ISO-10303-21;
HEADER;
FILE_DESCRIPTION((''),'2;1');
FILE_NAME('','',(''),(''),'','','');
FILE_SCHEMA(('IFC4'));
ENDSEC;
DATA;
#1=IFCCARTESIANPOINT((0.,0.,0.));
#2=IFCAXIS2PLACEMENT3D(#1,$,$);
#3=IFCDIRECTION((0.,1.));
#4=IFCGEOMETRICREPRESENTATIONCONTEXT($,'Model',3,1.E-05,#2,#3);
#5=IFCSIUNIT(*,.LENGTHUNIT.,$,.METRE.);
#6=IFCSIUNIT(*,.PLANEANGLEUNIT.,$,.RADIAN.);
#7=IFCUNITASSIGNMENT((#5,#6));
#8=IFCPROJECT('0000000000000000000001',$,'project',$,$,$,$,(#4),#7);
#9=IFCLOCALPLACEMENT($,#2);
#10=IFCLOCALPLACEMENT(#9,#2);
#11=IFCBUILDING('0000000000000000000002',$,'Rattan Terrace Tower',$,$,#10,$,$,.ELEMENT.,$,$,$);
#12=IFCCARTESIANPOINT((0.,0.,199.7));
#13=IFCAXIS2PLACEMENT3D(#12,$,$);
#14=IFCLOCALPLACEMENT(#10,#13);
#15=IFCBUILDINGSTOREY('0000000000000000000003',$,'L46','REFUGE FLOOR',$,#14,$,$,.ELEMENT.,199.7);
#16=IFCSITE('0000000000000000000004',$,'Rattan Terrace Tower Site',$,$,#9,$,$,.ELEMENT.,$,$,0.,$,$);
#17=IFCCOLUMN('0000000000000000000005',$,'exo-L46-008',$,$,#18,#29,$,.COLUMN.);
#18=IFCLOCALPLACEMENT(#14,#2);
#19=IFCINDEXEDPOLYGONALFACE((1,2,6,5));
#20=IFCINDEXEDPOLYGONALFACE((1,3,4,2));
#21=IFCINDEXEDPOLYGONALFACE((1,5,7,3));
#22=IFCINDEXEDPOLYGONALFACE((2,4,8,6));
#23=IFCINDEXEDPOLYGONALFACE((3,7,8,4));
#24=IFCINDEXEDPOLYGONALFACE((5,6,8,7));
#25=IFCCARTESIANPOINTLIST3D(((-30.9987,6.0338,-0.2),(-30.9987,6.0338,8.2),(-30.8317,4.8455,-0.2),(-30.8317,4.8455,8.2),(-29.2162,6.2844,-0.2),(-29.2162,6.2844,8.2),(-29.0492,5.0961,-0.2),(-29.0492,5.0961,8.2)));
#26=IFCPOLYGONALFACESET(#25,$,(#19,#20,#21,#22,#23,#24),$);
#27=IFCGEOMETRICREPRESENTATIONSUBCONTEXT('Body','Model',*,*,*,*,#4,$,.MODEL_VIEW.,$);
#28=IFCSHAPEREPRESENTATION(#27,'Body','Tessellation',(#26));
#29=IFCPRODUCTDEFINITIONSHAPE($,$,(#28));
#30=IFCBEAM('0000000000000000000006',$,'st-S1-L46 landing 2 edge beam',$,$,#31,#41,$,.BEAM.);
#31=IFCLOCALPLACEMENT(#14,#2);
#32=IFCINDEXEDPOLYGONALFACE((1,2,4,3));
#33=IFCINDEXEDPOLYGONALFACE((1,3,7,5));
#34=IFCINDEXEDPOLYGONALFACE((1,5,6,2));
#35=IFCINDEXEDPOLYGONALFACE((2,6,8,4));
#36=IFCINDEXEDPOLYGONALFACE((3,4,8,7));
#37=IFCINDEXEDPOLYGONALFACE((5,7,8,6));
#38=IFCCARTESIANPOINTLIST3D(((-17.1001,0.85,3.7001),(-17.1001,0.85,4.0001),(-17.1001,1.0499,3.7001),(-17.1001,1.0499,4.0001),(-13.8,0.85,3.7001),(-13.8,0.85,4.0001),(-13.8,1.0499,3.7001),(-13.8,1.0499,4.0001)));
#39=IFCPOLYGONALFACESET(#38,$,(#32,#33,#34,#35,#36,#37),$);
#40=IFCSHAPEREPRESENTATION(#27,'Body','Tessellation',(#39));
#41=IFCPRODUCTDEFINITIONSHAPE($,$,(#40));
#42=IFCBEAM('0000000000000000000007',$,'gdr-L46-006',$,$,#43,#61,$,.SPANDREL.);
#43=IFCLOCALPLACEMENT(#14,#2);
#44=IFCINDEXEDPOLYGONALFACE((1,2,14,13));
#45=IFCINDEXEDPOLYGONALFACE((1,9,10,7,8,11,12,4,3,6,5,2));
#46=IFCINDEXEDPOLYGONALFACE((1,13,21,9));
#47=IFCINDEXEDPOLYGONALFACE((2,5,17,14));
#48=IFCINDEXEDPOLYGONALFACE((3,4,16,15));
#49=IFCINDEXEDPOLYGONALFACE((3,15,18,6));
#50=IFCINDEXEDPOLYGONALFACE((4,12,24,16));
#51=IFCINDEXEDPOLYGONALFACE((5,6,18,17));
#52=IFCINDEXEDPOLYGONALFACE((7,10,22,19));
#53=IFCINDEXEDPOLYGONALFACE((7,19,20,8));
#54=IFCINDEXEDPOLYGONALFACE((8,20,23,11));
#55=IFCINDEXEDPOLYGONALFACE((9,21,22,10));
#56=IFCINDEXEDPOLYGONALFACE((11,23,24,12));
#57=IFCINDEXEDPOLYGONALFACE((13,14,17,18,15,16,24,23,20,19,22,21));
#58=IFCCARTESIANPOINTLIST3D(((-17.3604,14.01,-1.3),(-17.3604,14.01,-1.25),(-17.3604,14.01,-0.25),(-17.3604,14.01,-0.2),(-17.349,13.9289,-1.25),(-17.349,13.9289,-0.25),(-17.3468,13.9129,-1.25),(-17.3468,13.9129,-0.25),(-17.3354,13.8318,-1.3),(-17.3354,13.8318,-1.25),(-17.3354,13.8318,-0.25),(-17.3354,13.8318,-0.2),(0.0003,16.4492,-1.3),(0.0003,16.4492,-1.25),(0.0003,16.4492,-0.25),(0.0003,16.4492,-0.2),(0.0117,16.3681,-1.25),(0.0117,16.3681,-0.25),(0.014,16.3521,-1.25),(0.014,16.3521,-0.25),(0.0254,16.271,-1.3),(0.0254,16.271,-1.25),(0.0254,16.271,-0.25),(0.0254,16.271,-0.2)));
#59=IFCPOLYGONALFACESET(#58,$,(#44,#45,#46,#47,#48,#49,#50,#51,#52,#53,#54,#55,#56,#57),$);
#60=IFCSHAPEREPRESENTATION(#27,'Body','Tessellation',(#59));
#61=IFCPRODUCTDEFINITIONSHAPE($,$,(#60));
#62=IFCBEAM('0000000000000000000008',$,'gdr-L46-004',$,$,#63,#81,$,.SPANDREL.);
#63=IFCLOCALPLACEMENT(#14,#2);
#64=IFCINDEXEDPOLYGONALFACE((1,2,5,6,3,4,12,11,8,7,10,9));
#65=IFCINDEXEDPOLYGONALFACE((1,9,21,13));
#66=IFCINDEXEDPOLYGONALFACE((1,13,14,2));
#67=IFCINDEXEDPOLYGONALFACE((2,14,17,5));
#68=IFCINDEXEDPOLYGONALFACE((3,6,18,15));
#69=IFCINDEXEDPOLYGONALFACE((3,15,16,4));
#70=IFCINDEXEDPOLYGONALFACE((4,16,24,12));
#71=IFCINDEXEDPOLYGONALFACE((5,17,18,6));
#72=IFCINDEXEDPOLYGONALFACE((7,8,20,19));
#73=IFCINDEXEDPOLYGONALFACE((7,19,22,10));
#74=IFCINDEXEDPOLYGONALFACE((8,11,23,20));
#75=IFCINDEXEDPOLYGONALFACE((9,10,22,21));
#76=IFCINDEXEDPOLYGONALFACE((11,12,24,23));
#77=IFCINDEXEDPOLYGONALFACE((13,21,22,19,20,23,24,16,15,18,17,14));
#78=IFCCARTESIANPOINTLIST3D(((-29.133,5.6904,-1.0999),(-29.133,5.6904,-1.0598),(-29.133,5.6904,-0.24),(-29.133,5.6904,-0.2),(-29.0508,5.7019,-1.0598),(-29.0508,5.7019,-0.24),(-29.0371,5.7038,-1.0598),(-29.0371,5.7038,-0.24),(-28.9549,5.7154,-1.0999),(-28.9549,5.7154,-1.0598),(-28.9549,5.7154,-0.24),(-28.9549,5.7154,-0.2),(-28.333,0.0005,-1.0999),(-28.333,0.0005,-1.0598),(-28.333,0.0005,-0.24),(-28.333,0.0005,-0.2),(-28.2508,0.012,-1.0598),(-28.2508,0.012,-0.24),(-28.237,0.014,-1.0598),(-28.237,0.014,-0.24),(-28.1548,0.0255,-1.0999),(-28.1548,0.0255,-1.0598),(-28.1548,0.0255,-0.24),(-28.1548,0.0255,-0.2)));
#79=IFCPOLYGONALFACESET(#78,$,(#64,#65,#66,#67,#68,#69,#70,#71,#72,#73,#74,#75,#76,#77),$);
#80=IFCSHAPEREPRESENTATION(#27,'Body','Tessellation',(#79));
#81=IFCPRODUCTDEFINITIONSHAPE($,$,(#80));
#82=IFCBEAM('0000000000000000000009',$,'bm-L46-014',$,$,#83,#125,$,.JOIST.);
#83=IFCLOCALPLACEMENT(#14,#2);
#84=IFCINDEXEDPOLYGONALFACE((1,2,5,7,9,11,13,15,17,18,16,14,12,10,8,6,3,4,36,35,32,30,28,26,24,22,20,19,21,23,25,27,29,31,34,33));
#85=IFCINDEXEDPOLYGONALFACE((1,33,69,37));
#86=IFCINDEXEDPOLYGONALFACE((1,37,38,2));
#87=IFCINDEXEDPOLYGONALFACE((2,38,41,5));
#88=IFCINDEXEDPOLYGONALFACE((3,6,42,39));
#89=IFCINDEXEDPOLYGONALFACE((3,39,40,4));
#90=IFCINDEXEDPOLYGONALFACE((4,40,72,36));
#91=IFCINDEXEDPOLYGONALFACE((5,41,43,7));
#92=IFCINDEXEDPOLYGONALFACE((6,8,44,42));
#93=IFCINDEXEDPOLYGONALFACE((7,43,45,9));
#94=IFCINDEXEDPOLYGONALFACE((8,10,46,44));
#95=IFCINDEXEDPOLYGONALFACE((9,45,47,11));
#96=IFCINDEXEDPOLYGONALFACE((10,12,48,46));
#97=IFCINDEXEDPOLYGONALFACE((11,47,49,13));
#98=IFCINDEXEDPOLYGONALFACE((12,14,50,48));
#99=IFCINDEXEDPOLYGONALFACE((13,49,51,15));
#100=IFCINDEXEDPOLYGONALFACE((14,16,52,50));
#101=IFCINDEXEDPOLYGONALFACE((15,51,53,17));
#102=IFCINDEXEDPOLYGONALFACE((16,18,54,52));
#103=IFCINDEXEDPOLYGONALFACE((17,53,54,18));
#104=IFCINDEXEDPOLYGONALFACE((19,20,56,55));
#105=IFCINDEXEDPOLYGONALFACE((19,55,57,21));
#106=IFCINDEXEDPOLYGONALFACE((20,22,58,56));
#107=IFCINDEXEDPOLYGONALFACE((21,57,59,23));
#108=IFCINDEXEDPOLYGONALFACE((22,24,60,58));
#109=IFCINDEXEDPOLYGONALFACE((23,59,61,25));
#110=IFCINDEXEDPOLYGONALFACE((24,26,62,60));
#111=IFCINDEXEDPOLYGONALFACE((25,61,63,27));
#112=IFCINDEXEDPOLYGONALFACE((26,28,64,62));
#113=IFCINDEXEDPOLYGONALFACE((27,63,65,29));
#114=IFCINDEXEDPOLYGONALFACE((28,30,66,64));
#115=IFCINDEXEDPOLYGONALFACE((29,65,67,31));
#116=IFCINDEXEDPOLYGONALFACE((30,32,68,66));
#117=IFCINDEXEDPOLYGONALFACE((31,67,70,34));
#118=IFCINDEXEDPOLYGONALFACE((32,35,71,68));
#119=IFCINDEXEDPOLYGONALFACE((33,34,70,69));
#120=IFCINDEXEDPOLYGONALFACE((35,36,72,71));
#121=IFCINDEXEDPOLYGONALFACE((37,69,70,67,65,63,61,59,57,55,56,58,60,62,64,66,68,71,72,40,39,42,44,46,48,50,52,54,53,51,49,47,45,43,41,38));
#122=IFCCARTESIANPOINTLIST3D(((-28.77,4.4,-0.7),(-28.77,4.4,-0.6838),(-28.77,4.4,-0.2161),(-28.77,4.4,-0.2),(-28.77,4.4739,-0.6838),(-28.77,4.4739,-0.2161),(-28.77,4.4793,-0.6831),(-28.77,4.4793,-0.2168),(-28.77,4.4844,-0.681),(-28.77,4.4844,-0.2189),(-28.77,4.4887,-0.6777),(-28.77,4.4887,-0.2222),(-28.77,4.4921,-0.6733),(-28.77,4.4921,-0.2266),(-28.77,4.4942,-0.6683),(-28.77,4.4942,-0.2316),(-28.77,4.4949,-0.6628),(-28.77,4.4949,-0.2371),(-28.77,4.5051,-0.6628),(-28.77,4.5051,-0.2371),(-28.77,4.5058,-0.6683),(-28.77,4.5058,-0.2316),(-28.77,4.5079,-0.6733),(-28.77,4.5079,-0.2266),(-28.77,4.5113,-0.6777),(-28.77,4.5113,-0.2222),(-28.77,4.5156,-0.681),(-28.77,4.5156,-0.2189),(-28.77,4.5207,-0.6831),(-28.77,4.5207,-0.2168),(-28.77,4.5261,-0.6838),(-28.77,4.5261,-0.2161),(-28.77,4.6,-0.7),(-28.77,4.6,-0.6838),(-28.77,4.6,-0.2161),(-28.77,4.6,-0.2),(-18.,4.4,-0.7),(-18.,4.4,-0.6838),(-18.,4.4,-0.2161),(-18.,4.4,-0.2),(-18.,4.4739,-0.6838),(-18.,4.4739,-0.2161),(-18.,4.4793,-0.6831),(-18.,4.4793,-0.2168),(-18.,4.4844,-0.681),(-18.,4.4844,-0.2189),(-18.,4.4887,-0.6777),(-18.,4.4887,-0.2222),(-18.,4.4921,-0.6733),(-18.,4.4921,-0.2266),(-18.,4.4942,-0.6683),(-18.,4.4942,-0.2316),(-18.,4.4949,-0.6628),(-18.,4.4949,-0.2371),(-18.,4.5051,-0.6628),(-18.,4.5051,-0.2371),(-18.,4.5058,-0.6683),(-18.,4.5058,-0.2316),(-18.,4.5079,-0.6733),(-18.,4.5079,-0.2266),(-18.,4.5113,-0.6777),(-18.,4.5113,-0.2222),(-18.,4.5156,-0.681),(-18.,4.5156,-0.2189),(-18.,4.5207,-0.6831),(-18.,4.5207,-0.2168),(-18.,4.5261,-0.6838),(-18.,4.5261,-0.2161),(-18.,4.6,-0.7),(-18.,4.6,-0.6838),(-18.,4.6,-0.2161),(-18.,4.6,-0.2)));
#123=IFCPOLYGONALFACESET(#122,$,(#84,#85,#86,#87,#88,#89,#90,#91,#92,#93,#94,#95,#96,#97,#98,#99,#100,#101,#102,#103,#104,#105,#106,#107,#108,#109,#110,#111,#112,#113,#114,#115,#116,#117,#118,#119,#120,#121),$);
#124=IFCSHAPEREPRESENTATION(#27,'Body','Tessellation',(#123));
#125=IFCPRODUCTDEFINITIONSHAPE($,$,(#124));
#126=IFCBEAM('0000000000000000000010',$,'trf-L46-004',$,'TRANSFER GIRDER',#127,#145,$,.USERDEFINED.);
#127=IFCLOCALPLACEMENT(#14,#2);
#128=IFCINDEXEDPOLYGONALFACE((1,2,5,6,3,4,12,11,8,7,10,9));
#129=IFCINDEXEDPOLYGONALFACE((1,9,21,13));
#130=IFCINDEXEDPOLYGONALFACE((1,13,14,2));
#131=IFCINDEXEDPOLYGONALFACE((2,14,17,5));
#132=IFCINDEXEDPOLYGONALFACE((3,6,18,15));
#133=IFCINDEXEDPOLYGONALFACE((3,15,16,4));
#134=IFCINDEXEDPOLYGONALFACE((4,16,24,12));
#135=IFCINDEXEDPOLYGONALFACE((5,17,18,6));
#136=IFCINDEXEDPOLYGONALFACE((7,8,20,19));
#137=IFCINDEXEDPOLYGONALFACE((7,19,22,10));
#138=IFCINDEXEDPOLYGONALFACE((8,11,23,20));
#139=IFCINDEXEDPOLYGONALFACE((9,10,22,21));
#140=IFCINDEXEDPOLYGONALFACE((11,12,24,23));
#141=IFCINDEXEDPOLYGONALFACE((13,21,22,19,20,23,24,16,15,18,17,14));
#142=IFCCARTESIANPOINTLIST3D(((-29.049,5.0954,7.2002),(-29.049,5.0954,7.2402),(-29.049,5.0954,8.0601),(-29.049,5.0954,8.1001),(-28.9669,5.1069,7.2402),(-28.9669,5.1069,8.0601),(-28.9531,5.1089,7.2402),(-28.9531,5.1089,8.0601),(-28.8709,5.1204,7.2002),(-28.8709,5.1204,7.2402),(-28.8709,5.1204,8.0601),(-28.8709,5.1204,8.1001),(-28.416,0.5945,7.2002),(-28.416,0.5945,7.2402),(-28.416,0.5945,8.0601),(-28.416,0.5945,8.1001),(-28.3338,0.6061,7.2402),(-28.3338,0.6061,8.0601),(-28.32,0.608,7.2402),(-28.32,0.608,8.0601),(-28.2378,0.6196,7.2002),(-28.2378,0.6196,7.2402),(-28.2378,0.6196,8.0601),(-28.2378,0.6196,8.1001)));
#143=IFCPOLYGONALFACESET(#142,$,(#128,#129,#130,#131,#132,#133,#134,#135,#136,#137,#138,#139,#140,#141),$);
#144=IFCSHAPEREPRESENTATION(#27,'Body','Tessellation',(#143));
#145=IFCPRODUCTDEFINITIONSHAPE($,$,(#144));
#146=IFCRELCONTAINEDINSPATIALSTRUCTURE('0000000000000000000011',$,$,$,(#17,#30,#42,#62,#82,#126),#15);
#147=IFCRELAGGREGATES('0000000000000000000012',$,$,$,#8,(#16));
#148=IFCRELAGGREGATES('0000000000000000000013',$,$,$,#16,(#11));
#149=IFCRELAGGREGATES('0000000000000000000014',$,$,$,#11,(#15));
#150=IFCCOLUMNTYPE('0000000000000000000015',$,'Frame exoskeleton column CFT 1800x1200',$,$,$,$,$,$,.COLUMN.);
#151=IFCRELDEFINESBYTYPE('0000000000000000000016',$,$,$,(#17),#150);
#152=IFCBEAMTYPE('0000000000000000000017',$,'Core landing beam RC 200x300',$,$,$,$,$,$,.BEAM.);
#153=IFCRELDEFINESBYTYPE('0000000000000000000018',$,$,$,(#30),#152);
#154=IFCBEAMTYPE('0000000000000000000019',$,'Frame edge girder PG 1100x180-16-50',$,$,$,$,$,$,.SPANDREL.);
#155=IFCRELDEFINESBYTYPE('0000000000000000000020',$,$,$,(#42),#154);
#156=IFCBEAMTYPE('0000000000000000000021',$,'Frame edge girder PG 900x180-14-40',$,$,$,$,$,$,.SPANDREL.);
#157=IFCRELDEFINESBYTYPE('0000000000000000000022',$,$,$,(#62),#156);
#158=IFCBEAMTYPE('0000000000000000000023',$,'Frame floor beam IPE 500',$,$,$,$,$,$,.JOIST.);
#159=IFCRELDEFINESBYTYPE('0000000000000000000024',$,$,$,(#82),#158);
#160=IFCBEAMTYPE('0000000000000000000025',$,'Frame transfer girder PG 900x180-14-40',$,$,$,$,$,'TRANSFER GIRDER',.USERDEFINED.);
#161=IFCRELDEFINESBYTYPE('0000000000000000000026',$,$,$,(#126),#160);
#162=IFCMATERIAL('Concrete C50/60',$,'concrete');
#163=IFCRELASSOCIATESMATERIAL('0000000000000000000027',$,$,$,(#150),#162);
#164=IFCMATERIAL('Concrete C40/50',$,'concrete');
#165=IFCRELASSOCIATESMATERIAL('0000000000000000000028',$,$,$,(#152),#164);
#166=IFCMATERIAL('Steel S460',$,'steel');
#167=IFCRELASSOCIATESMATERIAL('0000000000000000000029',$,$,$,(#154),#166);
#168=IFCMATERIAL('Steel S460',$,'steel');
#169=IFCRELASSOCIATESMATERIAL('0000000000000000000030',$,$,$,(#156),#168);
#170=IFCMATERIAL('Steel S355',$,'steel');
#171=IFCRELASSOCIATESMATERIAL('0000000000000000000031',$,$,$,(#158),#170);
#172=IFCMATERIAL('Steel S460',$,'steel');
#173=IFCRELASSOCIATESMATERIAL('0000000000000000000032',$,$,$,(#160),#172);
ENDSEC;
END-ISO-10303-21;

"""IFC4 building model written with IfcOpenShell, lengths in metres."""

from ifc_helpers import new_model, si_unit, direction, frame, origin, origin_2d, place, context, subcontext, project, spatial, rectangle, i_section, extrude, material, material_profile, profile_set, type_object, element, save


model = new_model("IFC4")

# Units and contexts
model_context = context("Model", 3, precision=1e-05, world=origin(), true_north=direction((0.0, 1.0)))
body_context = subcontext(model_context, "Body", "Model", "MODEL_VIEW")
ifc_project = project(units=[si_unit("LENGTHUNIT", "METRE"), si_unit("PLANEANGLEUNIT", "RADIAN")], contexts=[model_context])

# Site, building, storey
site_placement = place(None, origin())
site = spatial("IfcSite", under=ifc_project, at=site_placement, Name="Rattan Terrace Tower Site", CompositionType="ELEMENT", RefElevation=0.0)
building_placement = place(site_placement, origin())
building = spatial("IfcBuilding", under=site, at=building_placement, Name="Rattan Terrace Tower", CompositionType="ELEMENT")
storey_placement = place(building_placement, frame((0.0, 0.0, 199.7)))
storey = spatial("IfcBuildingStorey", under=building, at=storey_placement, Name="L46", Description="REFUGE FLOOR", CompositionType="ELEMENT", Elevation=199.7)

# Column
ifc_material_1 = material(Name="Concrete C50/60", Category="concrete")
ifc_material_profile_1 = material_profile(ifc_material_1, rectangle(XDim=1.2, YDim=1.8, at=origin_2d()), Name="CFT 1800x1200")
ifc_profile_set_1 = profile_set([ifc_material_profile_1], Name="Concrete C50/60")
column_type = type_object("IfcColumnType", Name="Frame exoskeleton column CFT 1800x1200", PredefinedType="COLUMN", material=ifc_profile_set_1)
column_placement = place(storey_placement, frame((-30.0239, 5.5649, -0.2), z_axis=(0.0, 0.0, 1.0), x_axis=(-0.13919, 0.990266, 0.0)))
element("IfcColumn", 1, at=column_placement, inside=storey, type_object=column_type, Name="exo-L46-008", PredefinedType="COLUMN", context=body_context, shape_type="SweptSolid", body=[
    extrude(rectangle(XDim=1.2, YDim=1.8, at=origin_2d()), origin(), (0.0, 0.0, 1.0), 8.3999),
])

# Beams
ifc_material_2 = material(Name="Concrete C40/50", Category="concrete")
ifc_material_profile_2 = material_profile(ifc_material_2, rectangle(XDim=0.2, YDim=0.3, at=origin_2d()), Name="RC 200x300")
ifc_profile_set_2 = profile_set([ifc_material_profile_2], Name="Concrete C40/50")
beam_type_1 = type_object("IfcBeamType", Name="Core landing beam RC 200x300", PredefinedType="BEAM", material=ifc_profile_set_2)
beam_1_placement = place(storey_placement, frame((-17.1001, 0.95, 3.8501), z_axis=(1.0, 0.0, 0.0), x_axis=(0.0, 1.0, 0.0)))
element("IfcBeam", 2, at=beam_1_placement, inside=storey, type_object=beam_type_1, Name="st-S1-L46 landing 2 edge beam", PredefinedType="BEAM", context=body_context, shape_type="SweptSolid", body=[
    extrude(rectangle(XDim=0.2, YDim=0.3, at=origin_2d()), origin(), (0.0, 0.0, 1.0), 3.3),
])
ifc_material_3 = material(Name="Steel S460", Category="steel")
ifc_material_profile_3 = material_profile(ifc_material_3, i_section(OverallWidth=0.1799, OverallDepth=1.1001, WebThickness=0.0161, FlangeThickness=0.05, at=origin_2d()), Name="PG 1100x180-16-50")
ifc_profile_set_3 = profile_set([ifc_material_profile_3], Name="Steel S460")
beam_type_2 = type_object("IfcBeamType", Name="Frame edge girder PG 1100x180-16-50", PredefinedType="SPANDREL", material=ifc_profile_set_3)
beam_2_placement = place(storey_placement, frame((-17.3479, 13.9209, -0.75), z_axis=(0.990274, 0.139134, 0.0), x_axis=(-0.139134, 0.990274, 0.0)))
element("IfcBeam", 3, at=beam_2_placement, inside=storey, type_object=beam_type_2, Name="gdr-L46-006", PredefinedType="SPANDREL", context=body_context, shape_type="SweptSolid", body=[
    extrude(i_section(OverallWidth=0.1799, OverallDepth=1.1001, WebThickness=0.0161, FlangeThickness=0.05, at=origin_2d()), origin(), (0.0, 0.0, 1.0), 17.5312),
])
ifc_material_4 = material(Name="Steel S460", Category="steel")
ifc_material_profile_4 = material_profile(ifc_material_4, i_section(OverallWidth=0.1799, OverallDepth=0.8999, WebThickness=0.0139, FlangeThickness=0.04, at=origin_2d()), Name="PG 900x180-14-40")
ifc_profile_set_4 = profile_set([ifc_material_profile_4], Name="Steel S460")
beam_type_3 = type_object("IfcBeamType", Name="Frame edge girder PG 900x180-14-40", PredefinedType="SPANDREL", material=ifc_profile_set_4)
beam_3_placement = place(storey_placement, frame((-29.0439, 5.7029, -0.6499), z_axis=(0.139238, -0.990259, 0.0), x_axis=(0.990259, 0.139238, 0.0)))
element("IfcBeam", 4, at=beam_3_placement, inside=storey, type_object=beam_type_3, Name="gdr-L46-004", PredefinedType="SPANDREL", context=body_context, shape_type="SweptSolid", body=[
    extrude(i_section(OverallWidth=0.1799, OverallDepth=0.8999, WebThickness=0.0139, FlangeThickness=0.04, at=origin_2d()), origin(), (0.0, 0.0, 1.0), 5.7458),
])
ifc_material_5 = material(Name="Steel S355", Category="steel")
ifc_material_profile_5 = material_profile(ifc_material_5, i_section(OverallWidth=0.2, OverallDepth=0.5, WebThickness=0.0103, FlangeThickness=0.0161, FilletRadius=0.021, at=origin_2d()), Name="IPE 500")
ifc_profile_set_5 = profile_set([ifc_material_profile_5], Name="Steel S355")
beam_type_4 = type_object("IfcBeamType", Name="Frame floor beam IPE 500", PredefinedType="JOIST", material=ifc_profile_set_5)
beam_4_placement = place(storey_placement, frame((-28.77, 4.5, -0.45), z_axis=(1.0, 0.0, 0.0), x_axis=(0.0, 1.0, 0.0)))
element("IfcBeam", 5, at=beam_4_placement, inside=storey, type_object=beam_type_4, Name="bm-L46-014", PredefinedType="JOIST", context=body_context, shape_type="SweptSolid", body=[
    extrude(i_section(OverallWidth=0.2, OverallDepth=0.5, WebThickness=0.0103, FlangeThickness=0.0161, FilletRadius=0.021, at=origin_2d()), origin(), (0.0, 0.0, 1.0), 10.77),
])
ifc_material_6 = material(Name="Steel S460", Category="steel")
ifc_material_profile_6 = material_profile(ifc_material_6, i_section(OverallWidth=0.1799, OverallDepth=0.8999, WebThickness=0.0139, FlangeThickness=0.04, at=origin_2d()), Name="PG 900x180-14-40")
ifc_profile_set_6 = profile_set([ifc_material_profile_6], Name="Steel S460")
beam_type_5 = type_object("IfcBeamType", Name="Frame transfer girder PG 900x180-14-40", ElementType="TRANSFER GIRDER", PredefinedType="USERDEFINED", material=ifc_profile_set_6)
beam_5_placement = place(storey_placement, frame((-28.96, 5.1079, 7.6501), z_axis=(0.139278, -0.990253, 0.0), x_axis=(0.990253, 0.139278, 0.0)))
element("IfcBeam", 6, at=beam_5_placement, inside=storey, type_object=beam_type_5, Name="trf-L46-004", ObjectType="TRANSFER GIRDER", PredefinedType="USERDEFINED", context=body_context, shape_type="SweptSolid", body=[
    extrude(i_section(OverallWidth=0.1799, OverallDepth=0.8999, WebThickness=0.0139, FlangeThickness=0.04, at=origin_2d()), origin(), (0.0, 0.0, 1.0), 4.5452),
])

save(model, "model.ifc")
